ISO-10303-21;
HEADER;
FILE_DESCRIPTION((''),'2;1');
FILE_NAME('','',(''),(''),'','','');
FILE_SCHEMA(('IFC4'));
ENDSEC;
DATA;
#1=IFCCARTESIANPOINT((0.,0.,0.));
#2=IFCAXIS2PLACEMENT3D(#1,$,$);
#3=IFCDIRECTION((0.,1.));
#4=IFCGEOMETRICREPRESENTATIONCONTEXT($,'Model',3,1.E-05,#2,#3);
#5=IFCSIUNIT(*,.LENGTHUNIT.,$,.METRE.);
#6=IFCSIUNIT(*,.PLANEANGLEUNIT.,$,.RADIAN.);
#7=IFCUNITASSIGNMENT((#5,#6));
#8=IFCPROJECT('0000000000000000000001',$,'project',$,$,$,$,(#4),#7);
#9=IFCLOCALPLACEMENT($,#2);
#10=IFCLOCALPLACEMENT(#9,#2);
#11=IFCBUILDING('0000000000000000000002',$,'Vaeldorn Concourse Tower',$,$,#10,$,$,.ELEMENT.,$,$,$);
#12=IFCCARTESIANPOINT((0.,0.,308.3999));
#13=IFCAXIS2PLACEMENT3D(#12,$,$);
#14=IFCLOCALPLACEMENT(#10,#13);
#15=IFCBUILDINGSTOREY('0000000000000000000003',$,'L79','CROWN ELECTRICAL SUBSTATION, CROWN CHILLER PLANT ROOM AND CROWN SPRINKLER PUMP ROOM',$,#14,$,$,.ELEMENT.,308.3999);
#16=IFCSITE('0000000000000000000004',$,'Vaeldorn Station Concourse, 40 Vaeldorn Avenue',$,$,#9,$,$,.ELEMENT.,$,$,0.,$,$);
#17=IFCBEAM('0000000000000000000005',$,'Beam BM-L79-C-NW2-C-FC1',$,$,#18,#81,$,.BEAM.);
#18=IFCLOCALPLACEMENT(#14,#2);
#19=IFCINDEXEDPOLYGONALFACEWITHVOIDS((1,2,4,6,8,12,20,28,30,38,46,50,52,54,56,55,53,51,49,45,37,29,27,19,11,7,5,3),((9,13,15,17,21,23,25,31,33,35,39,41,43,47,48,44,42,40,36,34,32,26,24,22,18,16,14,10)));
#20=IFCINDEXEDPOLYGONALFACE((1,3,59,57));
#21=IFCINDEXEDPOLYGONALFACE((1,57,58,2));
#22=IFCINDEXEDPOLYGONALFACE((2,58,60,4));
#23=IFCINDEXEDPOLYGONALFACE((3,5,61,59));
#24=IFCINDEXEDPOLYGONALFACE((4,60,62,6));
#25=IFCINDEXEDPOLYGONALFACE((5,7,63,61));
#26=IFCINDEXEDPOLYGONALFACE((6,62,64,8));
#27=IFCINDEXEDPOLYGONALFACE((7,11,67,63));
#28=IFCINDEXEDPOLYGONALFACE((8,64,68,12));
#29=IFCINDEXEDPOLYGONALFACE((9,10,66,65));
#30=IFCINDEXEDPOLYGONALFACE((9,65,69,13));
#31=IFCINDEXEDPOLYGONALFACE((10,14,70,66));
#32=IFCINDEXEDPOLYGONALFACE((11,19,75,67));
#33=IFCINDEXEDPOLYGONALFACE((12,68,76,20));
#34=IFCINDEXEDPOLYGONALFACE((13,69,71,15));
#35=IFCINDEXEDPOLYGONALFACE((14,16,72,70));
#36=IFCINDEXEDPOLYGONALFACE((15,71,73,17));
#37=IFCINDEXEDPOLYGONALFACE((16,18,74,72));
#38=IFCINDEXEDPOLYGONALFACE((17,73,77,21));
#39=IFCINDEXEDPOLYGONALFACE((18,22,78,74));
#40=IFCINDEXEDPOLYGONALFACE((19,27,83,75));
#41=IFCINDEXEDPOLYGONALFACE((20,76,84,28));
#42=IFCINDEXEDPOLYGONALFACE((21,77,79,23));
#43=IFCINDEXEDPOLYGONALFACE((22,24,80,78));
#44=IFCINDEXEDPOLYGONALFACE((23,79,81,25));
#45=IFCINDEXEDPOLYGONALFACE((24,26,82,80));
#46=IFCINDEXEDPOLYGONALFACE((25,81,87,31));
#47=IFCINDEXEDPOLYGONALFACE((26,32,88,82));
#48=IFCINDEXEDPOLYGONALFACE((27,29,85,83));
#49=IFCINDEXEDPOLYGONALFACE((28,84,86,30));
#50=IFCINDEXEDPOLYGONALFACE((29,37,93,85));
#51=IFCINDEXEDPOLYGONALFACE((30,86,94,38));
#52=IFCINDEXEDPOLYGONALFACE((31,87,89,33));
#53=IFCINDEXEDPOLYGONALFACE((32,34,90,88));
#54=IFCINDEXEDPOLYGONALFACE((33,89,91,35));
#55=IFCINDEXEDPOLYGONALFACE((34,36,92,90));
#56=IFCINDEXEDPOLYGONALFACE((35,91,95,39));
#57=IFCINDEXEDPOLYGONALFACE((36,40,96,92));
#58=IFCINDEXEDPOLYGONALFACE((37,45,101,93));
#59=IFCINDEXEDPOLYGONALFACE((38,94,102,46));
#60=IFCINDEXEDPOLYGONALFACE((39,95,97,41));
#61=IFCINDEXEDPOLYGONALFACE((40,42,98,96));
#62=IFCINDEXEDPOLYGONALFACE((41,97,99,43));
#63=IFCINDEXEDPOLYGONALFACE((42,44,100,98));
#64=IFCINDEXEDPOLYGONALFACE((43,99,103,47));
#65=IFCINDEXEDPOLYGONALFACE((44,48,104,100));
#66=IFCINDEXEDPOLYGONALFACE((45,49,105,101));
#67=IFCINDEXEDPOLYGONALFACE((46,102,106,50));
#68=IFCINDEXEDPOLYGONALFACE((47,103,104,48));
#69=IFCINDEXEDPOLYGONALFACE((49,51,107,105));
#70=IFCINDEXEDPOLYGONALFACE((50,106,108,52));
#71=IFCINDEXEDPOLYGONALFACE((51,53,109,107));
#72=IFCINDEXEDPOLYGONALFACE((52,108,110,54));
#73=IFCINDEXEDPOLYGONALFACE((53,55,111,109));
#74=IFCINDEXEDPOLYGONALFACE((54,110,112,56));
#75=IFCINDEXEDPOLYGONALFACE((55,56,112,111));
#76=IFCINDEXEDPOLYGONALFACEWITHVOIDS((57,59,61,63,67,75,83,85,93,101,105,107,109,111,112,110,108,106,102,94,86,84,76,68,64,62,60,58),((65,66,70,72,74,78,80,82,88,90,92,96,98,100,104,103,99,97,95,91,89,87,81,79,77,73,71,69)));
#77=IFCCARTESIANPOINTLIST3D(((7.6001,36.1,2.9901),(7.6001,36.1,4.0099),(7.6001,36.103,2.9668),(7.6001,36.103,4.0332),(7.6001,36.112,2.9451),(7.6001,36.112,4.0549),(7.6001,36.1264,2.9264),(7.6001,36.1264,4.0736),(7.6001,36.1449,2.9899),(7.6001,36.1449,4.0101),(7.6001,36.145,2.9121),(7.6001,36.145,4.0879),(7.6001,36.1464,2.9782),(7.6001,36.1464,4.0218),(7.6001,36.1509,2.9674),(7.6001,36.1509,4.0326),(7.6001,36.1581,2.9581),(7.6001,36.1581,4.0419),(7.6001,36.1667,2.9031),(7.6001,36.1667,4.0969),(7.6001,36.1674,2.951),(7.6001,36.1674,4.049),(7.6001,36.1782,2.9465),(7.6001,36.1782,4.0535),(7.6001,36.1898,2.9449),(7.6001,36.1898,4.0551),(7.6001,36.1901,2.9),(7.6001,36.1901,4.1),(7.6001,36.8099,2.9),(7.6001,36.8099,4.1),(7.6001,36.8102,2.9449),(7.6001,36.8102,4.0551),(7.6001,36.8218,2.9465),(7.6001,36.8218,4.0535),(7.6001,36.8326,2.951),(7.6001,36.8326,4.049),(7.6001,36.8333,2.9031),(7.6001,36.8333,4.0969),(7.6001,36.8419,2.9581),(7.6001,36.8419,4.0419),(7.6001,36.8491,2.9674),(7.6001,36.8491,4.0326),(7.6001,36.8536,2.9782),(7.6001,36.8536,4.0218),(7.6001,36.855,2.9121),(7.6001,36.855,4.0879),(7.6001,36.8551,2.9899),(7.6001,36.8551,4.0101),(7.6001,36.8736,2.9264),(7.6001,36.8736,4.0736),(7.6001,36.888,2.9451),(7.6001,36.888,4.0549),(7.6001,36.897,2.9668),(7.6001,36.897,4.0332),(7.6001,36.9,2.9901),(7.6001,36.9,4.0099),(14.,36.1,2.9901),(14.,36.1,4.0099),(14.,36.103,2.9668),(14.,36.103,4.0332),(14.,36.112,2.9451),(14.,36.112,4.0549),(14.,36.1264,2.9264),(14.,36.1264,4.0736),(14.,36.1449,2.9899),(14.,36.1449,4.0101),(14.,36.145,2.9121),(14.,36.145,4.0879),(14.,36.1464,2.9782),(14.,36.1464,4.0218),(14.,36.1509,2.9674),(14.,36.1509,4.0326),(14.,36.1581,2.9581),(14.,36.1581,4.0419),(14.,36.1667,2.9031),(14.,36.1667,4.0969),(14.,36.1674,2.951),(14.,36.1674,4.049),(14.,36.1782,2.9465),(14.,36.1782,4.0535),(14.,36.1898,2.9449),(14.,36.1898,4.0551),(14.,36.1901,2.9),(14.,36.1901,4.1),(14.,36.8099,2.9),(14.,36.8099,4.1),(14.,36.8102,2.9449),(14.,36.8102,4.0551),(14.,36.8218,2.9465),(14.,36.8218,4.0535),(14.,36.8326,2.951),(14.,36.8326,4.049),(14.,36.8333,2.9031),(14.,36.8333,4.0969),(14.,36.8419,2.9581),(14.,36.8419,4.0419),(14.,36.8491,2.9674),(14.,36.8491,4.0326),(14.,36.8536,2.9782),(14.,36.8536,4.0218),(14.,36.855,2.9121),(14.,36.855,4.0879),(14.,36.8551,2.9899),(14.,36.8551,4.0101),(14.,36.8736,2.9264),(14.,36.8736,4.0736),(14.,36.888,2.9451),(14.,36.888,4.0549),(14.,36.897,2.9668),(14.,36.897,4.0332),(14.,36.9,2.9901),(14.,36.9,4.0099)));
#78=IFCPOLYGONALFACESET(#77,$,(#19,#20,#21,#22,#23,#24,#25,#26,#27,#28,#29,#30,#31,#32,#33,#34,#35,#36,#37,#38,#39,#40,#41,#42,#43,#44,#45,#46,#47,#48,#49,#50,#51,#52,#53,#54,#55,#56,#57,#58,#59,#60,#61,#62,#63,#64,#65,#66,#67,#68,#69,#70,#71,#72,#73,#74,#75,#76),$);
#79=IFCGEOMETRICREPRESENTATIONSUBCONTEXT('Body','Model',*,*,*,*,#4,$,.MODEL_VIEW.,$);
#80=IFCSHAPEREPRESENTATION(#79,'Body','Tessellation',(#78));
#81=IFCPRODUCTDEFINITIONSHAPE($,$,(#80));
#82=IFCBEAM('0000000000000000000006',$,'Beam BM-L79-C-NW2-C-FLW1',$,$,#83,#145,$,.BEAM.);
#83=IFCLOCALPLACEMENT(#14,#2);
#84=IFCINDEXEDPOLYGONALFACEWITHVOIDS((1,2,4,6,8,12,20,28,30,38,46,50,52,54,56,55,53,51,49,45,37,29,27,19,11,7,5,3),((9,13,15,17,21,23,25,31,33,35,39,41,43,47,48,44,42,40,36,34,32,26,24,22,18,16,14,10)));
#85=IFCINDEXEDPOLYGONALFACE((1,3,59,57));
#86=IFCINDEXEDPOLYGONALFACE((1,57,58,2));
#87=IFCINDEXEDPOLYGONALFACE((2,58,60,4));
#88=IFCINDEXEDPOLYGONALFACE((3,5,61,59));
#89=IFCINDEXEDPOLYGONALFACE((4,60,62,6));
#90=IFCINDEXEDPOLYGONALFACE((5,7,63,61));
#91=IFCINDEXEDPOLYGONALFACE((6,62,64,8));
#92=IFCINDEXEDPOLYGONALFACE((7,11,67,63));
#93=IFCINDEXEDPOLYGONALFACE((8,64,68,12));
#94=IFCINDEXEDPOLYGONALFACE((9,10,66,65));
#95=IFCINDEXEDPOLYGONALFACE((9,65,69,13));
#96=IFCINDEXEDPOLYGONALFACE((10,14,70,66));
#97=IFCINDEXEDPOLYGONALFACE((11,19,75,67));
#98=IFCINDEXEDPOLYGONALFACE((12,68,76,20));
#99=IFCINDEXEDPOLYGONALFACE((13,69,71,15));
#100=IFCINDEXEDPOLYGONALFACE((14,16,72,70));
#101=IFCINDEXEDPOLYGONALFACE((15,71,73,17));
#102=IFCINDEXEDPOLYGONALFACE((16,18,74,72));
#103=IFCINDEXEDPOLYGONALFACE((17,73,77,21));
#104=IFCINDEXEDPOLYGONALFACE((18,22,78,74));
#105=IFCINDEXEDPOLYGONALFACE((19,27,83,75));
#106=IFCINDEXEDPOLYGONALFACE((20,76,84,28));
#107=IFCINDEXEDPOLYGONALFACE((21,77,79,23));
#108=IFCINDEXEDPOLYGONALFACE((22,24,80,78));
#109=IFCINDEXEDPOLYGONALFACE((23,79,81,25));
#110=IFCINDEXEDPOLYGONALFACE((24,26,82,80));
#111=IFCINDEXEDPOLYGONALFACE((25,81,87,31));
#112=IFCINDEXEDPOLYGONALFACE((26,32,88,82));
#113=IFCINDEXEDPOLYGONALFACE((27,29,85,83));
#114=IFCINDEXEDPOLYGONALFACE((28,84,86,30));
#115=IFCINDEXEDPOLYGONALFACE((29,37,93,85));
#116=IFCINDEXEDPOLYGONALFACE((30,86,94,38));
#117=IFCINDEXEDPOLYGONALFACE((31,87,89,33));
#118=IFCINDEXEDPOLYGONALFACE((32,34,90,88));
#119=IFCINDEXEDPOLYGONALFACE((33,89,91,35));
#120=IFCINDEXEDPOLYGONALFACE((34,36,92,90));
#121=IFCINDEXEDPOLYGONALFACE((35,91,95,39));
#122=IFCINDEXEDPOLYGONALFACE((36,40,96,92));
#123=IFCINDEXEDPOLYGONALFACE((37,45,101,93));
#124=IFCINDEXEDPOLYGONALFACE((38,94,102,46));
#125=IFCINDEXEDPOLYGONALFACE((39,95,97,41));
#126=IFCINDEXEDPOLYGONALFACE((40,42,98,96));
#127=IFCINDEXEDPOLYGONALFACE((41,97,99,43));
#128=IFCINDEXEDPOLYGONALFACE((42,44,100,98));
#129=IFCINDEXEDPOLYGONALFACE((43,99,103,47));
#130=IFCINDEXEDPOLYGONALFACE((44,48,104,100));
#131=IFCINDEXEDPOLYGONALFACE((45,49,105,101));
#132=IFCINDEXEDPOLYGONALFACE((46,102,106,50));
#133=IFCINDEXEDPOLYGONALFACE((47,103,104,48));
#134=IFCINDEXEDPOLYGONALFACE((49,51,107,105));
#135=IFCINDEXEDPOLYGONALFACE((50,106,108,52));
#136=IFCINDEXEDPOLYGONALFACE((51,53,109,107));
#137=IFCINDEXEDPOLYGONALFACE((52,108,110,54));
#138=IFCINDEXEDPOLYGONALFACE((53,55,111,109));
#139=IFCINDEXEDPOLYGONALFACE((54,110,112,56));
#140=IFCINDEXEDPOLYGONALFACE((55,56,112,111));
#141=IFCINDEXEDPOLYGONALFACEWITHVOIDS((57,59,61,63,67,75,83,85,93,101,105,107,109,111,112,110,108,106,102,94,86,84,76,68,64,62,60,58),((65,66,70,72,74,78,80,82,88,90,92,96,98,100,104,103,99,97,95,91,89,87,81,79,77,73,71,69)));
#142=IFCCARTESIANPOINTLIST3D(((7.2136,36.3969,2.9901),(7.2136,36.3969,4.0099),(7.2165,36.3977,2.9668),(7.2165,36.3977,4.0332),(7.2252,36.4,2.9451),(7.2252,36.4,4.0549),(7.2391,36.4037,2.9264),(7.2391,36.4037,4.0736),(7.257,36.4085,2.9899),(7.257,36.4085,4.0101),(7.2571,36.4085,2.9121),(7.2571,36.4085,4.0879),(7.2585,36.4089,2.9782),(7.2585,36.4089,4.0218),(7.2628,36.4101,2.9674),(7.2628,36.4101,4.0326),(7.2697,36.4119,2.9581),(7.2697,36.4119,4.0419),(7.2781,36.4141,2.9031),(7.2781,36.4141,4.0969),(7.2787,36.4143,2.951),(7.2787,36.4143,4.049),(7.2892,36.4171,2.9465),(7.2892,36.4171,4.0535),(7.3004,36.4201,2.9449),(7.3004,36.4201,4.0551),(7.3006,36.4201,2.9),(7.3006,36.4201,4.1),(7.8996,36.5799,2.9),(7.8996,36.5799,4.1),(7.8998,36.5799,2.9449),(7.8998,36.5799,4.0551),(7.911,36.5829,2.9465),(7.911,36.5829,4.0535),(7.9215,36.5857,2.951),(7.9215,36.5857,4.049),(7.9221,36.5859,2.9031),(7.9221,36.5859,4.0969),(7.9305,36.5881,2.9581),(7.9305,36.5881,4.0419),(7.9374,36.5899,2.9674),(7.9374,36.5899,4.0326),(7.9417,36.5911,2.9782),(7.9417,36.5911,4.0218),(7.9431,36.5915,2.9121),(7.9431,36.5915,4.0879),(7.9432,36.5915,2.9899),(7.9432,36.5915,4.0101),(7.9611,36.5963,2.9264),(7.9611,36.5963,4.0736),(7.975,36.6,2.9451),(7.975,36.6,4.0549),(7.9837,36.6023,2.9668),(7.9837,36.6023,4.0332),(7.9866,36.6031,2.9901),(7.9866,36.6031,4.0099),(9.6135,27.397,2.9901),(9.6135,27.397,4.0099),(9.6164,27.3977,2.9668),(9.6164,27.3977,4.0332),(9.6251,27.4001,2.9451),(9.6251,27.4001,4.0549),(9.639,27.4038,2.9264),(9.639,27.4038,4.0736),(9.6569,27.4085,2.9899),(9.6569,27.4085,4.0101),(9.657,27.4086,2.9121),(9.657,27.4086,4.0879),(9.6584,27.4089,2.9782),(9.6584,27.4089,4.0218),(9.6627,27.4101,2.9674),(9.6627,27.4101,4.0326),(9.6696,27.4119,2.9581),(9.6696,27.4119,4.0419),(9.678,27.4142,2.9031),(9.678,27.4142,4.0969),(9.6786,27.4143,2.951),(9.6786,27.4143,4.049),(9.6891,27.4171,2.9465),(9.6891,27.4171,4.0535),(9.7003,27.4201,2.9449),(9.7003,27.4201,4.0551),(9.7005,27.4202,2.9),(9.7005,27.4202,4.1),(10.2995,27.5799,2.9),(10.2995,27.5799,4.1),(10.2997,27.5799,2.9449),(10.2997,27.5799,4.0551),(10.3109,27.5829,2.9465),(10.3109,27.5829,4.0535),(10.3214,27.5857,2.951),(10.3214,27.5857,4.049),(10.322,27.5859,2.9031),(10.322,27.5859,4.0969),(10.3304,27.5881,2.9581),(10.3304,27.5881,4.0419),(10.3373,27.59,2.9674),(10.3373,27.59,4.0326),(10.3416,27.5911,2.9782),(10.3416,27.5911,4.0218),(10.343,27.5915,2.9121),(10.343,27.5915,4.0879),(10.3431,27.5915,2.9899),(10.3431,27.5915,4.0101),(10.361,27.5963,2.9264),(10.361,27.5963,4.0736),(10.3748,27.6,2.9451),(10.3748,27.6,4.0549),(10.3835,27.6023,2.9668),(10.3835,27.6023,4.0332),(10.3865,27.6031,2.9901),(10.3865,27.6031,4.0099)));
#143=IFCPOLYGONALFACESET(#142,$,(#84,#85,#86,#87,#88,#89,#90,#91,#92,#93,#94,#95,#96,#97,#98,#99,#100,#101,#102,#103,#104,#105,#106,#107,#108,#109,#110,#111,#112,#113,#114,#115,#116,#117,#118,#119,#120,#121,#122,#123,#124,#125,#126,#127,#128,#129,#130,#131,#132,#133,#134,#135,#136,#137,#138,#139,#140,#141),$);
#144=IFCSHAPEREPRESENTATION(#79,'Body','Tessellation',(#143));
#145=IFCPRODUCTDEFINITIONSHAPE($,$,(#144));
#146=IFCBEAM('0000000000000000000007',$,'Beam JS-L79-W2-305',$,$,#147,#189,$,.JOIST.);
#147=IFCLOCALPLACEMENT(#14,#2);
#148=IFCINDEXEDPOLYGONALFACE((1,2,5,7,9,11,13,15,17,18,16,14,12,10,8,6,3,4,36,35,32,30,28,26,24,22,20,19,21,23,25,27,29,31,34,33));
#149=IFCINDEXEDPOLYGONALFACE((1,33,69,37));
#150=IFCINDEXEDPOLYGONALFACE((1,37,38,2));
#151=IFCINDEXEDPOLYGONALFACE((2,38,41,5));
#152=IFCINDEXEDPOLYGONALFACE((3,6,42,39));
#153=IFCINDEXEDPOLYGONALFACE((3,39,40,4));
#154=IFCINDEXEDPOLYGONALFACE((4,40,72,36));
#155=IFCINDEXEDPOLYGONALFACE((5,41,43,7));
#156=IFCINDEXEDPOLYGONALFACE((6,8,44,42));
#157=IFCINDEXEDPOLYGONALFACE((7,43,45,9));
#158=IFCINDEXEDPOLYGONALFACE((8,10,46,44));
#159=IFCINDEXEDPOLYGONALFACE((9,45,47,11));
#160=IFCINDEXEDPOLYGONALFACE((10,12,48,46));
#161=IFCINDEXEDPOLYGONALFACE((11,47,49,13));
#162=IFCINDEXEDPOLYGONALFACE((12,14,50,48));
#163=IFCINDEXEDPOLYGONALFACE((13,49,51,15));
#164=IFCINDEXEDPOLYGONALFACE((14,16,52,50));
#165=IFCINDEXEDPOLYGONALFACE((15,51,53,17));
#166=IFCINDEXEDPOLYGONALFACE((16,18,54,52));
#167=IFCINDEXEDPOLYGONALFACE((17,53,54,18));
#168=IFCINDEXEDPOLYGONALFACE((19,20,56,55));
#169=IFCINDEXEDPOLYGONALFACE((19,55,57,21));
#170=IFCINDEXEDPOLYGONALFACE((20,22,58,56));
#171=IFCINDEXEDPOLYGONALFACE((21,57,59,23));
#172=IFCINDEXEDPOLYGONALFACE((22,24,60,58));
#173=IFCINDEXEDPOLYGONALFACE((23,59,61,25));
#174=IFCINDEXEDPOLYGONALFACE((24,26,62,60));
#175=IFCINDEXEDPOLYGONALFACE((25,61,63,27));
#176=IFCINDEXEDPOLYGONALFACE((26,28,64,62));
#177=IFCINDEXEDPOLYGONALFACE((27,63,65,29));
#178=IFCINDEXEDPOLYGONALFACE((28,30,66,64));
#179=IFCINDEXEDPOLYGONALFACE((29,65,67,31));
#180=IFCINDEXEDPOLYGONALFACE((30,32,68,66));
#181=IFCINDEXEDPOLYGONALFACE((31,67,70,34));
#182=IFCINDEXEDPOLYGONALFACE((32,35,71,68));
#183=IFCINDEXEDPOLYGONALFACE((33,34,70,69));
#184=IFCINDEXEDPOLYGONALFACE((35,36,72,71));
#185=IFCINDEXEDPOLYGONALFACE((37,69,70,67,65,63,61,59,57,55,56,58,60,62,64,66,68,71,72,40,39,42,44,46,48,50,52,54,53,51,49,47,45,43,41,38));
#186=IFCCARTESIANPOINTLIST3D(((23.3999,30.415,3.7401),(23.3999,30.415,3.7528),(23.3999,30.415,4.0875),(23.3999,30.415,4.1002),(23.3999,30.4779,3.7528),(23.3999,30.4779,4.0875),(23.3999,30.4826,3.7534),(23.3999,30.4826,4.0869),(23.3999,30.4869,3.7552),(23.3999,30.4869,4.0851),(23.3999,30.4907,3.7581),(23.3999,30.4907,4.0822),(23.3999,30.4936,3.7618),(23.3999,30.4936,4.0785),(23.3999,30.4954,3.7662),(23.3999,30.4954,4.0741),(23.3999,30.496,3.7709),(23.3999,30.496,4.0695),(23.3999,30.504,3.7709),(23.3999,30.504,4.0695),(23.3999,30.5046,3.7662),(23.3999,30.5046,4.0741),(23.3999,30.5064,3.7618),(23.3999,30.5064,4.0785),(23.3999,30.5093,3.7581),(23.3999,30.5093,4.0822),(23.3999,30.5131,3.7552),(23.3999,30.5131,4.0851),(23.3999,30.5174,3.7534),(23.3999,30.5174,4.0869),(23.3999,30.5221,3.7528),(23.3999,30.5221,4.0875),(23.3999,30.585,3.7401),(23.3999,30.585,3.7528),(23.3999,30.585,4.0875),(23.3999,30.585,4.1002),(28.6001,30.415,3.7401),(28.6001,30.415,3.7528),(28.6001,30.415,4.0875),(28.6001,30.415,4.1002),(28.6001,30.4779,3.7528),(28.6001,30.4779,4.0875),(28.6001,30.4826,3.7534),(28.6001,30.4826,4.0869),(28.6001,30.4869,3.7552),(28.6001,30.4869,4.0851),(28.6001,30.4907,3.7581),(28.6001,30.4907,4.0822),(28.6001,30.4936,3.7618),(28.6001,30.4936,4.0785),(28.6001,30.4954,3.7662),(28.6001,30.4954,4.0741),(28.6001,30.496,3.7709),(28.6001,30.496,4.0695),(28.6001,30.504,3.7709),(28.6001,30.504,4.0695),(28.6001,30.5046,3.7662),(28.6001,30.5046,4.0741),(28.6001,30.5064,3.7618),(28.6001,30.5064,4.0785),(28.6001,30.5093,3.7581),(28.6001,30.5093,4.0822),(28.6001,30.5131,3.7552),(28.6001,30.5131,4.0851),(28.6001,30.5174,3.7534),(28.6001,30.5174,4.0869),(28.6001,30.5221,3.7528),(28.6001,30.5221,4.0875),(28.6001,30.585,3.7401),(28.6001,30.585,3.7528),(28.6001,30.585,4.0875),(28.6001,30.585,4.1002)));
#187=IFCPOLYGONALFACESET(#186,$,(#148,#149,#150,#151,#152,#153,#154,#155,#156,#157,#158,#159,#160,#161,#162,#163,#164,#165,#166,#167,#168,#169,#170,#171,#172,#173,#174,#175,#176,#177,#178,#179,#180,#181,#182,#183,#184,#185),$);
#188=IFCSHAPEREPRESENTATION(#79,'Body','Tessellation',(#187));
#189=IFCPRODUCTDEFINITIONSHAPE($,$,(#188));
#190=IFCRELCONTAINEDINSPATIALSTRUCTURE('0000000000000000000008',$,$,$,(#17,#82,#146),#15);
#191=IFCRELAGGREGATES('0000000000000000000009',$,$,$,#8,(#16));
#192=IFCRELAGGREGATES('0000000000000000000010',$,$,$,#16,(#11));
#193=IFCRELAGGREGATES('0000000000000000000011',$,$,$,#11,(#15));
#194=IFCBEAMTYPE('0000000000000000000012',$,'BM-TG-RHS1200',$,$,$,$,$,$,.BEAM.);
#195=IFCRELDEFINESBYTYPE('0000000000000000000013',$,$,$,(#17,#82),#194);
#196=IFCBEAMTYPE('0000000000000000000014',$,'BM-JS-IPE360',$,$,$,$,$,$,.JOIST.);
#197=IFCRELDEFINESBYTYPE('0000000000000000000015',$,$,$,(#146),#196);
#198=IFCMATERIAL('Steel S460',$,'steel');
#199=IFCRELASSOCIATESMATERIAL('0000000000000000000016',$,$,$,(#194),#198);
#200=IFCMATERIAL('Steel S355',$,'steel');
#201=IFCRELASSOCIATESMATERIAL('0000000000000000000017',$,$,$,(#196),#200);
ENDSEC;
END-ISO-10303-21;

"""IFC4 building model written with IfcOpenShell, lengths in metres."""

from ifc_helpers import new_model, si_unit, direction, frame, origin, origin_2d, place, context, subcontext, project, spatial, hollow_rectangle, i_section, extrude, source, transform, mapped, material, material_profile, profile_set, type_object, element, save


model = new_model("IFC4")

# Units and contexts
model_context = context("Model", 3, precision=1e-05, world=origin(), true_north=direction((0.0, 1.0)))
body_context = subcontext(model_context, "Body", "Model", "MODEL_VIEW")
ifc_project = project(units=[si_unit("LENGTHUNIT", "METRE"), si_unit("PLANEANGLEUNIT", "RADIAN")], contexts=[model_context])

# Site, building, storey
site_placement = place(None, origin())
site = spatial("IfcSite", under=ifc_project, at=site_placement, Name="Vaeldorn Station Concourse, 40 Vaeldorn Avenue", CompositionType="ELEMENT", RefElevation=0.0)
building_placement = place(site_placement, origin())
building = spatial("IfcBuilding", under=site, at=building_placement, Name="Vaeldorn Concourse Tower", CompositionType="ELEMENT")
storey_placement = place(building_placement, frame((0.0, 0.0, 308.3999)))
storey = spatial("IfcBuildingStorey", under=building, at=storey_placement, Name="L79", Description="CROWN ELECTRICAL SUBSTATION, CROWN CHILLER PLANT ROOM AND CROWN SPRINKLER PUMP ROOM", CompositionType="ELEMENT", Elevation=308.3999)

# Shared definitions
ifc_material_1 = material(Name="Steel S355", Category="steel")

# Beams
ifc_material_2 = material(Name="Steel S460", Category="steel")
ifc_material_profile_1 = material_profile(ifc_material_2, hollow_rectangle(XDim=0.8, YDim=1.2, WallThickness=0.0449, InnerFilletRadius=0.0449, OuterFilletRadius=0.0901, at=origin_2d()), Name="RHS 1200x800x45")
ifc_profile_set_1 = profile_set([ifc_material_profile_1], Name="Steel S460")
beam_type_1 = type_object("IfcBeamType", Name="BM-TG-RHS1200", PredefinedType="BEAM", material=ifc_profile_set_1)
shared_shape_1 = source(origin(), body_context, "Body", "SweptSolid", [
    extrude(hollow_rectangle(XDim=0.8, YDim=1.2, WallThickness=0.0449, InnerFilletRadius=0.0449, OuterFilletRadius=0.0901, at=origin_2d()), origin(), (0.0, 0.0, 1.0), 6.3999),
])
beam_1_placement = place(storey_placement, frame((7.6001, 36.5, 3.5), z_axis=(1.0, 0.0, 0.0), x_axis=(0.0, 1.0, 0.0)))
element("IfcBeam", 1, at=beam_1_placement, inside=storey, type_object=beam_type_1, Name="Beam BM-L79-C-NW2-C-FC1", PredefinedType="BEAM", context=body_context, shape_type="MappedRepresentation", body=[
    mapped(shared_shape_1, transform((0.0, 0.0, 0.0), scale=1.0)),
])
shared_shape_2 = source(origin(), body_context, "Body", "SweptSolid", [
    extrude(hollow_rectangle(XDim=0.8, YDim=1.2, WallThickness=0.0449, InnerFilletRadius=0.0449, OuterFilletRadius=0.0901, at=origin_2d()), origin(), (0.0, 0.0, 1.0), 9.3145),
])
beam_2_placement = place(storey_placement, frame((7.6001, 36.5, 3.5), z_axis=(0.257653, -0.966238, 0.0), x_axis=(0.966238, 0.257653, 0.0)))
element("IfcBeam", 2, at=beam_2_placement, inside=storey, type_object=beam_type_1, Name="Beam BM-L79-C-NW2-C-FLW1", PredefinedType="BEAM", context=body_context, shape_type="MappedRepresentation", body=[
    mapped(shared_shape_2, transform((0.0, 0.0, 0.0), scale=1.0)),
])
ifc_material_profile_2 = material_profile(ifc_material_1, i_section(OverallWidth=0.1699, OverallDepth=0.3601, WebThickness=0.0081, FlangeThickness=0.0127, FilletRadius=0.0181, at=origin_2d()), Name="IPE 360")
ifc_profile_set_2 = profile_set([ifc_material_profile_2], Name="Steel S355")
beam_type_2 = type_object("IfcBeamType", Name="BM-JS-IPE360", PredefinedType="JOIST", material=ifc_profile_set_2)
shared_shape_3 = source(origin(), body_context, "Body", "SweptSolid", [
    extrude(i_section(OverallWidth=0.1699, OverallDepth=0.3601, WebThickness=0.0081, FlangeThickness=0.0127, FilletRadius=0.0181, at=origin_2d()), origin(), (0.0, 0.0, 1.0), 5.2002),
])
for number, where, z_axis, x_axis, name in (
    (3, (23.3999, 30.5, 3.9202), (1.0, 0.0, 0.0), (0.0, 1.0, 0.0), "Beam JS-L79-W2-305"),
):
    element("IfcBeam", number, at=place(storey_placement, frame(where, z_axis=z_axis, x_axis=x_axis)), inside=storey, type_object=beam_type_2, Name=name, PredefinedType="JOIST", context=body_context, shape_type="MappedRepresentation", body=[
        mapped(shared_shape_3, transform((0.0, 0.0, 0.0), scale=1.0)),
    ])

save(model, "model.ifc")
